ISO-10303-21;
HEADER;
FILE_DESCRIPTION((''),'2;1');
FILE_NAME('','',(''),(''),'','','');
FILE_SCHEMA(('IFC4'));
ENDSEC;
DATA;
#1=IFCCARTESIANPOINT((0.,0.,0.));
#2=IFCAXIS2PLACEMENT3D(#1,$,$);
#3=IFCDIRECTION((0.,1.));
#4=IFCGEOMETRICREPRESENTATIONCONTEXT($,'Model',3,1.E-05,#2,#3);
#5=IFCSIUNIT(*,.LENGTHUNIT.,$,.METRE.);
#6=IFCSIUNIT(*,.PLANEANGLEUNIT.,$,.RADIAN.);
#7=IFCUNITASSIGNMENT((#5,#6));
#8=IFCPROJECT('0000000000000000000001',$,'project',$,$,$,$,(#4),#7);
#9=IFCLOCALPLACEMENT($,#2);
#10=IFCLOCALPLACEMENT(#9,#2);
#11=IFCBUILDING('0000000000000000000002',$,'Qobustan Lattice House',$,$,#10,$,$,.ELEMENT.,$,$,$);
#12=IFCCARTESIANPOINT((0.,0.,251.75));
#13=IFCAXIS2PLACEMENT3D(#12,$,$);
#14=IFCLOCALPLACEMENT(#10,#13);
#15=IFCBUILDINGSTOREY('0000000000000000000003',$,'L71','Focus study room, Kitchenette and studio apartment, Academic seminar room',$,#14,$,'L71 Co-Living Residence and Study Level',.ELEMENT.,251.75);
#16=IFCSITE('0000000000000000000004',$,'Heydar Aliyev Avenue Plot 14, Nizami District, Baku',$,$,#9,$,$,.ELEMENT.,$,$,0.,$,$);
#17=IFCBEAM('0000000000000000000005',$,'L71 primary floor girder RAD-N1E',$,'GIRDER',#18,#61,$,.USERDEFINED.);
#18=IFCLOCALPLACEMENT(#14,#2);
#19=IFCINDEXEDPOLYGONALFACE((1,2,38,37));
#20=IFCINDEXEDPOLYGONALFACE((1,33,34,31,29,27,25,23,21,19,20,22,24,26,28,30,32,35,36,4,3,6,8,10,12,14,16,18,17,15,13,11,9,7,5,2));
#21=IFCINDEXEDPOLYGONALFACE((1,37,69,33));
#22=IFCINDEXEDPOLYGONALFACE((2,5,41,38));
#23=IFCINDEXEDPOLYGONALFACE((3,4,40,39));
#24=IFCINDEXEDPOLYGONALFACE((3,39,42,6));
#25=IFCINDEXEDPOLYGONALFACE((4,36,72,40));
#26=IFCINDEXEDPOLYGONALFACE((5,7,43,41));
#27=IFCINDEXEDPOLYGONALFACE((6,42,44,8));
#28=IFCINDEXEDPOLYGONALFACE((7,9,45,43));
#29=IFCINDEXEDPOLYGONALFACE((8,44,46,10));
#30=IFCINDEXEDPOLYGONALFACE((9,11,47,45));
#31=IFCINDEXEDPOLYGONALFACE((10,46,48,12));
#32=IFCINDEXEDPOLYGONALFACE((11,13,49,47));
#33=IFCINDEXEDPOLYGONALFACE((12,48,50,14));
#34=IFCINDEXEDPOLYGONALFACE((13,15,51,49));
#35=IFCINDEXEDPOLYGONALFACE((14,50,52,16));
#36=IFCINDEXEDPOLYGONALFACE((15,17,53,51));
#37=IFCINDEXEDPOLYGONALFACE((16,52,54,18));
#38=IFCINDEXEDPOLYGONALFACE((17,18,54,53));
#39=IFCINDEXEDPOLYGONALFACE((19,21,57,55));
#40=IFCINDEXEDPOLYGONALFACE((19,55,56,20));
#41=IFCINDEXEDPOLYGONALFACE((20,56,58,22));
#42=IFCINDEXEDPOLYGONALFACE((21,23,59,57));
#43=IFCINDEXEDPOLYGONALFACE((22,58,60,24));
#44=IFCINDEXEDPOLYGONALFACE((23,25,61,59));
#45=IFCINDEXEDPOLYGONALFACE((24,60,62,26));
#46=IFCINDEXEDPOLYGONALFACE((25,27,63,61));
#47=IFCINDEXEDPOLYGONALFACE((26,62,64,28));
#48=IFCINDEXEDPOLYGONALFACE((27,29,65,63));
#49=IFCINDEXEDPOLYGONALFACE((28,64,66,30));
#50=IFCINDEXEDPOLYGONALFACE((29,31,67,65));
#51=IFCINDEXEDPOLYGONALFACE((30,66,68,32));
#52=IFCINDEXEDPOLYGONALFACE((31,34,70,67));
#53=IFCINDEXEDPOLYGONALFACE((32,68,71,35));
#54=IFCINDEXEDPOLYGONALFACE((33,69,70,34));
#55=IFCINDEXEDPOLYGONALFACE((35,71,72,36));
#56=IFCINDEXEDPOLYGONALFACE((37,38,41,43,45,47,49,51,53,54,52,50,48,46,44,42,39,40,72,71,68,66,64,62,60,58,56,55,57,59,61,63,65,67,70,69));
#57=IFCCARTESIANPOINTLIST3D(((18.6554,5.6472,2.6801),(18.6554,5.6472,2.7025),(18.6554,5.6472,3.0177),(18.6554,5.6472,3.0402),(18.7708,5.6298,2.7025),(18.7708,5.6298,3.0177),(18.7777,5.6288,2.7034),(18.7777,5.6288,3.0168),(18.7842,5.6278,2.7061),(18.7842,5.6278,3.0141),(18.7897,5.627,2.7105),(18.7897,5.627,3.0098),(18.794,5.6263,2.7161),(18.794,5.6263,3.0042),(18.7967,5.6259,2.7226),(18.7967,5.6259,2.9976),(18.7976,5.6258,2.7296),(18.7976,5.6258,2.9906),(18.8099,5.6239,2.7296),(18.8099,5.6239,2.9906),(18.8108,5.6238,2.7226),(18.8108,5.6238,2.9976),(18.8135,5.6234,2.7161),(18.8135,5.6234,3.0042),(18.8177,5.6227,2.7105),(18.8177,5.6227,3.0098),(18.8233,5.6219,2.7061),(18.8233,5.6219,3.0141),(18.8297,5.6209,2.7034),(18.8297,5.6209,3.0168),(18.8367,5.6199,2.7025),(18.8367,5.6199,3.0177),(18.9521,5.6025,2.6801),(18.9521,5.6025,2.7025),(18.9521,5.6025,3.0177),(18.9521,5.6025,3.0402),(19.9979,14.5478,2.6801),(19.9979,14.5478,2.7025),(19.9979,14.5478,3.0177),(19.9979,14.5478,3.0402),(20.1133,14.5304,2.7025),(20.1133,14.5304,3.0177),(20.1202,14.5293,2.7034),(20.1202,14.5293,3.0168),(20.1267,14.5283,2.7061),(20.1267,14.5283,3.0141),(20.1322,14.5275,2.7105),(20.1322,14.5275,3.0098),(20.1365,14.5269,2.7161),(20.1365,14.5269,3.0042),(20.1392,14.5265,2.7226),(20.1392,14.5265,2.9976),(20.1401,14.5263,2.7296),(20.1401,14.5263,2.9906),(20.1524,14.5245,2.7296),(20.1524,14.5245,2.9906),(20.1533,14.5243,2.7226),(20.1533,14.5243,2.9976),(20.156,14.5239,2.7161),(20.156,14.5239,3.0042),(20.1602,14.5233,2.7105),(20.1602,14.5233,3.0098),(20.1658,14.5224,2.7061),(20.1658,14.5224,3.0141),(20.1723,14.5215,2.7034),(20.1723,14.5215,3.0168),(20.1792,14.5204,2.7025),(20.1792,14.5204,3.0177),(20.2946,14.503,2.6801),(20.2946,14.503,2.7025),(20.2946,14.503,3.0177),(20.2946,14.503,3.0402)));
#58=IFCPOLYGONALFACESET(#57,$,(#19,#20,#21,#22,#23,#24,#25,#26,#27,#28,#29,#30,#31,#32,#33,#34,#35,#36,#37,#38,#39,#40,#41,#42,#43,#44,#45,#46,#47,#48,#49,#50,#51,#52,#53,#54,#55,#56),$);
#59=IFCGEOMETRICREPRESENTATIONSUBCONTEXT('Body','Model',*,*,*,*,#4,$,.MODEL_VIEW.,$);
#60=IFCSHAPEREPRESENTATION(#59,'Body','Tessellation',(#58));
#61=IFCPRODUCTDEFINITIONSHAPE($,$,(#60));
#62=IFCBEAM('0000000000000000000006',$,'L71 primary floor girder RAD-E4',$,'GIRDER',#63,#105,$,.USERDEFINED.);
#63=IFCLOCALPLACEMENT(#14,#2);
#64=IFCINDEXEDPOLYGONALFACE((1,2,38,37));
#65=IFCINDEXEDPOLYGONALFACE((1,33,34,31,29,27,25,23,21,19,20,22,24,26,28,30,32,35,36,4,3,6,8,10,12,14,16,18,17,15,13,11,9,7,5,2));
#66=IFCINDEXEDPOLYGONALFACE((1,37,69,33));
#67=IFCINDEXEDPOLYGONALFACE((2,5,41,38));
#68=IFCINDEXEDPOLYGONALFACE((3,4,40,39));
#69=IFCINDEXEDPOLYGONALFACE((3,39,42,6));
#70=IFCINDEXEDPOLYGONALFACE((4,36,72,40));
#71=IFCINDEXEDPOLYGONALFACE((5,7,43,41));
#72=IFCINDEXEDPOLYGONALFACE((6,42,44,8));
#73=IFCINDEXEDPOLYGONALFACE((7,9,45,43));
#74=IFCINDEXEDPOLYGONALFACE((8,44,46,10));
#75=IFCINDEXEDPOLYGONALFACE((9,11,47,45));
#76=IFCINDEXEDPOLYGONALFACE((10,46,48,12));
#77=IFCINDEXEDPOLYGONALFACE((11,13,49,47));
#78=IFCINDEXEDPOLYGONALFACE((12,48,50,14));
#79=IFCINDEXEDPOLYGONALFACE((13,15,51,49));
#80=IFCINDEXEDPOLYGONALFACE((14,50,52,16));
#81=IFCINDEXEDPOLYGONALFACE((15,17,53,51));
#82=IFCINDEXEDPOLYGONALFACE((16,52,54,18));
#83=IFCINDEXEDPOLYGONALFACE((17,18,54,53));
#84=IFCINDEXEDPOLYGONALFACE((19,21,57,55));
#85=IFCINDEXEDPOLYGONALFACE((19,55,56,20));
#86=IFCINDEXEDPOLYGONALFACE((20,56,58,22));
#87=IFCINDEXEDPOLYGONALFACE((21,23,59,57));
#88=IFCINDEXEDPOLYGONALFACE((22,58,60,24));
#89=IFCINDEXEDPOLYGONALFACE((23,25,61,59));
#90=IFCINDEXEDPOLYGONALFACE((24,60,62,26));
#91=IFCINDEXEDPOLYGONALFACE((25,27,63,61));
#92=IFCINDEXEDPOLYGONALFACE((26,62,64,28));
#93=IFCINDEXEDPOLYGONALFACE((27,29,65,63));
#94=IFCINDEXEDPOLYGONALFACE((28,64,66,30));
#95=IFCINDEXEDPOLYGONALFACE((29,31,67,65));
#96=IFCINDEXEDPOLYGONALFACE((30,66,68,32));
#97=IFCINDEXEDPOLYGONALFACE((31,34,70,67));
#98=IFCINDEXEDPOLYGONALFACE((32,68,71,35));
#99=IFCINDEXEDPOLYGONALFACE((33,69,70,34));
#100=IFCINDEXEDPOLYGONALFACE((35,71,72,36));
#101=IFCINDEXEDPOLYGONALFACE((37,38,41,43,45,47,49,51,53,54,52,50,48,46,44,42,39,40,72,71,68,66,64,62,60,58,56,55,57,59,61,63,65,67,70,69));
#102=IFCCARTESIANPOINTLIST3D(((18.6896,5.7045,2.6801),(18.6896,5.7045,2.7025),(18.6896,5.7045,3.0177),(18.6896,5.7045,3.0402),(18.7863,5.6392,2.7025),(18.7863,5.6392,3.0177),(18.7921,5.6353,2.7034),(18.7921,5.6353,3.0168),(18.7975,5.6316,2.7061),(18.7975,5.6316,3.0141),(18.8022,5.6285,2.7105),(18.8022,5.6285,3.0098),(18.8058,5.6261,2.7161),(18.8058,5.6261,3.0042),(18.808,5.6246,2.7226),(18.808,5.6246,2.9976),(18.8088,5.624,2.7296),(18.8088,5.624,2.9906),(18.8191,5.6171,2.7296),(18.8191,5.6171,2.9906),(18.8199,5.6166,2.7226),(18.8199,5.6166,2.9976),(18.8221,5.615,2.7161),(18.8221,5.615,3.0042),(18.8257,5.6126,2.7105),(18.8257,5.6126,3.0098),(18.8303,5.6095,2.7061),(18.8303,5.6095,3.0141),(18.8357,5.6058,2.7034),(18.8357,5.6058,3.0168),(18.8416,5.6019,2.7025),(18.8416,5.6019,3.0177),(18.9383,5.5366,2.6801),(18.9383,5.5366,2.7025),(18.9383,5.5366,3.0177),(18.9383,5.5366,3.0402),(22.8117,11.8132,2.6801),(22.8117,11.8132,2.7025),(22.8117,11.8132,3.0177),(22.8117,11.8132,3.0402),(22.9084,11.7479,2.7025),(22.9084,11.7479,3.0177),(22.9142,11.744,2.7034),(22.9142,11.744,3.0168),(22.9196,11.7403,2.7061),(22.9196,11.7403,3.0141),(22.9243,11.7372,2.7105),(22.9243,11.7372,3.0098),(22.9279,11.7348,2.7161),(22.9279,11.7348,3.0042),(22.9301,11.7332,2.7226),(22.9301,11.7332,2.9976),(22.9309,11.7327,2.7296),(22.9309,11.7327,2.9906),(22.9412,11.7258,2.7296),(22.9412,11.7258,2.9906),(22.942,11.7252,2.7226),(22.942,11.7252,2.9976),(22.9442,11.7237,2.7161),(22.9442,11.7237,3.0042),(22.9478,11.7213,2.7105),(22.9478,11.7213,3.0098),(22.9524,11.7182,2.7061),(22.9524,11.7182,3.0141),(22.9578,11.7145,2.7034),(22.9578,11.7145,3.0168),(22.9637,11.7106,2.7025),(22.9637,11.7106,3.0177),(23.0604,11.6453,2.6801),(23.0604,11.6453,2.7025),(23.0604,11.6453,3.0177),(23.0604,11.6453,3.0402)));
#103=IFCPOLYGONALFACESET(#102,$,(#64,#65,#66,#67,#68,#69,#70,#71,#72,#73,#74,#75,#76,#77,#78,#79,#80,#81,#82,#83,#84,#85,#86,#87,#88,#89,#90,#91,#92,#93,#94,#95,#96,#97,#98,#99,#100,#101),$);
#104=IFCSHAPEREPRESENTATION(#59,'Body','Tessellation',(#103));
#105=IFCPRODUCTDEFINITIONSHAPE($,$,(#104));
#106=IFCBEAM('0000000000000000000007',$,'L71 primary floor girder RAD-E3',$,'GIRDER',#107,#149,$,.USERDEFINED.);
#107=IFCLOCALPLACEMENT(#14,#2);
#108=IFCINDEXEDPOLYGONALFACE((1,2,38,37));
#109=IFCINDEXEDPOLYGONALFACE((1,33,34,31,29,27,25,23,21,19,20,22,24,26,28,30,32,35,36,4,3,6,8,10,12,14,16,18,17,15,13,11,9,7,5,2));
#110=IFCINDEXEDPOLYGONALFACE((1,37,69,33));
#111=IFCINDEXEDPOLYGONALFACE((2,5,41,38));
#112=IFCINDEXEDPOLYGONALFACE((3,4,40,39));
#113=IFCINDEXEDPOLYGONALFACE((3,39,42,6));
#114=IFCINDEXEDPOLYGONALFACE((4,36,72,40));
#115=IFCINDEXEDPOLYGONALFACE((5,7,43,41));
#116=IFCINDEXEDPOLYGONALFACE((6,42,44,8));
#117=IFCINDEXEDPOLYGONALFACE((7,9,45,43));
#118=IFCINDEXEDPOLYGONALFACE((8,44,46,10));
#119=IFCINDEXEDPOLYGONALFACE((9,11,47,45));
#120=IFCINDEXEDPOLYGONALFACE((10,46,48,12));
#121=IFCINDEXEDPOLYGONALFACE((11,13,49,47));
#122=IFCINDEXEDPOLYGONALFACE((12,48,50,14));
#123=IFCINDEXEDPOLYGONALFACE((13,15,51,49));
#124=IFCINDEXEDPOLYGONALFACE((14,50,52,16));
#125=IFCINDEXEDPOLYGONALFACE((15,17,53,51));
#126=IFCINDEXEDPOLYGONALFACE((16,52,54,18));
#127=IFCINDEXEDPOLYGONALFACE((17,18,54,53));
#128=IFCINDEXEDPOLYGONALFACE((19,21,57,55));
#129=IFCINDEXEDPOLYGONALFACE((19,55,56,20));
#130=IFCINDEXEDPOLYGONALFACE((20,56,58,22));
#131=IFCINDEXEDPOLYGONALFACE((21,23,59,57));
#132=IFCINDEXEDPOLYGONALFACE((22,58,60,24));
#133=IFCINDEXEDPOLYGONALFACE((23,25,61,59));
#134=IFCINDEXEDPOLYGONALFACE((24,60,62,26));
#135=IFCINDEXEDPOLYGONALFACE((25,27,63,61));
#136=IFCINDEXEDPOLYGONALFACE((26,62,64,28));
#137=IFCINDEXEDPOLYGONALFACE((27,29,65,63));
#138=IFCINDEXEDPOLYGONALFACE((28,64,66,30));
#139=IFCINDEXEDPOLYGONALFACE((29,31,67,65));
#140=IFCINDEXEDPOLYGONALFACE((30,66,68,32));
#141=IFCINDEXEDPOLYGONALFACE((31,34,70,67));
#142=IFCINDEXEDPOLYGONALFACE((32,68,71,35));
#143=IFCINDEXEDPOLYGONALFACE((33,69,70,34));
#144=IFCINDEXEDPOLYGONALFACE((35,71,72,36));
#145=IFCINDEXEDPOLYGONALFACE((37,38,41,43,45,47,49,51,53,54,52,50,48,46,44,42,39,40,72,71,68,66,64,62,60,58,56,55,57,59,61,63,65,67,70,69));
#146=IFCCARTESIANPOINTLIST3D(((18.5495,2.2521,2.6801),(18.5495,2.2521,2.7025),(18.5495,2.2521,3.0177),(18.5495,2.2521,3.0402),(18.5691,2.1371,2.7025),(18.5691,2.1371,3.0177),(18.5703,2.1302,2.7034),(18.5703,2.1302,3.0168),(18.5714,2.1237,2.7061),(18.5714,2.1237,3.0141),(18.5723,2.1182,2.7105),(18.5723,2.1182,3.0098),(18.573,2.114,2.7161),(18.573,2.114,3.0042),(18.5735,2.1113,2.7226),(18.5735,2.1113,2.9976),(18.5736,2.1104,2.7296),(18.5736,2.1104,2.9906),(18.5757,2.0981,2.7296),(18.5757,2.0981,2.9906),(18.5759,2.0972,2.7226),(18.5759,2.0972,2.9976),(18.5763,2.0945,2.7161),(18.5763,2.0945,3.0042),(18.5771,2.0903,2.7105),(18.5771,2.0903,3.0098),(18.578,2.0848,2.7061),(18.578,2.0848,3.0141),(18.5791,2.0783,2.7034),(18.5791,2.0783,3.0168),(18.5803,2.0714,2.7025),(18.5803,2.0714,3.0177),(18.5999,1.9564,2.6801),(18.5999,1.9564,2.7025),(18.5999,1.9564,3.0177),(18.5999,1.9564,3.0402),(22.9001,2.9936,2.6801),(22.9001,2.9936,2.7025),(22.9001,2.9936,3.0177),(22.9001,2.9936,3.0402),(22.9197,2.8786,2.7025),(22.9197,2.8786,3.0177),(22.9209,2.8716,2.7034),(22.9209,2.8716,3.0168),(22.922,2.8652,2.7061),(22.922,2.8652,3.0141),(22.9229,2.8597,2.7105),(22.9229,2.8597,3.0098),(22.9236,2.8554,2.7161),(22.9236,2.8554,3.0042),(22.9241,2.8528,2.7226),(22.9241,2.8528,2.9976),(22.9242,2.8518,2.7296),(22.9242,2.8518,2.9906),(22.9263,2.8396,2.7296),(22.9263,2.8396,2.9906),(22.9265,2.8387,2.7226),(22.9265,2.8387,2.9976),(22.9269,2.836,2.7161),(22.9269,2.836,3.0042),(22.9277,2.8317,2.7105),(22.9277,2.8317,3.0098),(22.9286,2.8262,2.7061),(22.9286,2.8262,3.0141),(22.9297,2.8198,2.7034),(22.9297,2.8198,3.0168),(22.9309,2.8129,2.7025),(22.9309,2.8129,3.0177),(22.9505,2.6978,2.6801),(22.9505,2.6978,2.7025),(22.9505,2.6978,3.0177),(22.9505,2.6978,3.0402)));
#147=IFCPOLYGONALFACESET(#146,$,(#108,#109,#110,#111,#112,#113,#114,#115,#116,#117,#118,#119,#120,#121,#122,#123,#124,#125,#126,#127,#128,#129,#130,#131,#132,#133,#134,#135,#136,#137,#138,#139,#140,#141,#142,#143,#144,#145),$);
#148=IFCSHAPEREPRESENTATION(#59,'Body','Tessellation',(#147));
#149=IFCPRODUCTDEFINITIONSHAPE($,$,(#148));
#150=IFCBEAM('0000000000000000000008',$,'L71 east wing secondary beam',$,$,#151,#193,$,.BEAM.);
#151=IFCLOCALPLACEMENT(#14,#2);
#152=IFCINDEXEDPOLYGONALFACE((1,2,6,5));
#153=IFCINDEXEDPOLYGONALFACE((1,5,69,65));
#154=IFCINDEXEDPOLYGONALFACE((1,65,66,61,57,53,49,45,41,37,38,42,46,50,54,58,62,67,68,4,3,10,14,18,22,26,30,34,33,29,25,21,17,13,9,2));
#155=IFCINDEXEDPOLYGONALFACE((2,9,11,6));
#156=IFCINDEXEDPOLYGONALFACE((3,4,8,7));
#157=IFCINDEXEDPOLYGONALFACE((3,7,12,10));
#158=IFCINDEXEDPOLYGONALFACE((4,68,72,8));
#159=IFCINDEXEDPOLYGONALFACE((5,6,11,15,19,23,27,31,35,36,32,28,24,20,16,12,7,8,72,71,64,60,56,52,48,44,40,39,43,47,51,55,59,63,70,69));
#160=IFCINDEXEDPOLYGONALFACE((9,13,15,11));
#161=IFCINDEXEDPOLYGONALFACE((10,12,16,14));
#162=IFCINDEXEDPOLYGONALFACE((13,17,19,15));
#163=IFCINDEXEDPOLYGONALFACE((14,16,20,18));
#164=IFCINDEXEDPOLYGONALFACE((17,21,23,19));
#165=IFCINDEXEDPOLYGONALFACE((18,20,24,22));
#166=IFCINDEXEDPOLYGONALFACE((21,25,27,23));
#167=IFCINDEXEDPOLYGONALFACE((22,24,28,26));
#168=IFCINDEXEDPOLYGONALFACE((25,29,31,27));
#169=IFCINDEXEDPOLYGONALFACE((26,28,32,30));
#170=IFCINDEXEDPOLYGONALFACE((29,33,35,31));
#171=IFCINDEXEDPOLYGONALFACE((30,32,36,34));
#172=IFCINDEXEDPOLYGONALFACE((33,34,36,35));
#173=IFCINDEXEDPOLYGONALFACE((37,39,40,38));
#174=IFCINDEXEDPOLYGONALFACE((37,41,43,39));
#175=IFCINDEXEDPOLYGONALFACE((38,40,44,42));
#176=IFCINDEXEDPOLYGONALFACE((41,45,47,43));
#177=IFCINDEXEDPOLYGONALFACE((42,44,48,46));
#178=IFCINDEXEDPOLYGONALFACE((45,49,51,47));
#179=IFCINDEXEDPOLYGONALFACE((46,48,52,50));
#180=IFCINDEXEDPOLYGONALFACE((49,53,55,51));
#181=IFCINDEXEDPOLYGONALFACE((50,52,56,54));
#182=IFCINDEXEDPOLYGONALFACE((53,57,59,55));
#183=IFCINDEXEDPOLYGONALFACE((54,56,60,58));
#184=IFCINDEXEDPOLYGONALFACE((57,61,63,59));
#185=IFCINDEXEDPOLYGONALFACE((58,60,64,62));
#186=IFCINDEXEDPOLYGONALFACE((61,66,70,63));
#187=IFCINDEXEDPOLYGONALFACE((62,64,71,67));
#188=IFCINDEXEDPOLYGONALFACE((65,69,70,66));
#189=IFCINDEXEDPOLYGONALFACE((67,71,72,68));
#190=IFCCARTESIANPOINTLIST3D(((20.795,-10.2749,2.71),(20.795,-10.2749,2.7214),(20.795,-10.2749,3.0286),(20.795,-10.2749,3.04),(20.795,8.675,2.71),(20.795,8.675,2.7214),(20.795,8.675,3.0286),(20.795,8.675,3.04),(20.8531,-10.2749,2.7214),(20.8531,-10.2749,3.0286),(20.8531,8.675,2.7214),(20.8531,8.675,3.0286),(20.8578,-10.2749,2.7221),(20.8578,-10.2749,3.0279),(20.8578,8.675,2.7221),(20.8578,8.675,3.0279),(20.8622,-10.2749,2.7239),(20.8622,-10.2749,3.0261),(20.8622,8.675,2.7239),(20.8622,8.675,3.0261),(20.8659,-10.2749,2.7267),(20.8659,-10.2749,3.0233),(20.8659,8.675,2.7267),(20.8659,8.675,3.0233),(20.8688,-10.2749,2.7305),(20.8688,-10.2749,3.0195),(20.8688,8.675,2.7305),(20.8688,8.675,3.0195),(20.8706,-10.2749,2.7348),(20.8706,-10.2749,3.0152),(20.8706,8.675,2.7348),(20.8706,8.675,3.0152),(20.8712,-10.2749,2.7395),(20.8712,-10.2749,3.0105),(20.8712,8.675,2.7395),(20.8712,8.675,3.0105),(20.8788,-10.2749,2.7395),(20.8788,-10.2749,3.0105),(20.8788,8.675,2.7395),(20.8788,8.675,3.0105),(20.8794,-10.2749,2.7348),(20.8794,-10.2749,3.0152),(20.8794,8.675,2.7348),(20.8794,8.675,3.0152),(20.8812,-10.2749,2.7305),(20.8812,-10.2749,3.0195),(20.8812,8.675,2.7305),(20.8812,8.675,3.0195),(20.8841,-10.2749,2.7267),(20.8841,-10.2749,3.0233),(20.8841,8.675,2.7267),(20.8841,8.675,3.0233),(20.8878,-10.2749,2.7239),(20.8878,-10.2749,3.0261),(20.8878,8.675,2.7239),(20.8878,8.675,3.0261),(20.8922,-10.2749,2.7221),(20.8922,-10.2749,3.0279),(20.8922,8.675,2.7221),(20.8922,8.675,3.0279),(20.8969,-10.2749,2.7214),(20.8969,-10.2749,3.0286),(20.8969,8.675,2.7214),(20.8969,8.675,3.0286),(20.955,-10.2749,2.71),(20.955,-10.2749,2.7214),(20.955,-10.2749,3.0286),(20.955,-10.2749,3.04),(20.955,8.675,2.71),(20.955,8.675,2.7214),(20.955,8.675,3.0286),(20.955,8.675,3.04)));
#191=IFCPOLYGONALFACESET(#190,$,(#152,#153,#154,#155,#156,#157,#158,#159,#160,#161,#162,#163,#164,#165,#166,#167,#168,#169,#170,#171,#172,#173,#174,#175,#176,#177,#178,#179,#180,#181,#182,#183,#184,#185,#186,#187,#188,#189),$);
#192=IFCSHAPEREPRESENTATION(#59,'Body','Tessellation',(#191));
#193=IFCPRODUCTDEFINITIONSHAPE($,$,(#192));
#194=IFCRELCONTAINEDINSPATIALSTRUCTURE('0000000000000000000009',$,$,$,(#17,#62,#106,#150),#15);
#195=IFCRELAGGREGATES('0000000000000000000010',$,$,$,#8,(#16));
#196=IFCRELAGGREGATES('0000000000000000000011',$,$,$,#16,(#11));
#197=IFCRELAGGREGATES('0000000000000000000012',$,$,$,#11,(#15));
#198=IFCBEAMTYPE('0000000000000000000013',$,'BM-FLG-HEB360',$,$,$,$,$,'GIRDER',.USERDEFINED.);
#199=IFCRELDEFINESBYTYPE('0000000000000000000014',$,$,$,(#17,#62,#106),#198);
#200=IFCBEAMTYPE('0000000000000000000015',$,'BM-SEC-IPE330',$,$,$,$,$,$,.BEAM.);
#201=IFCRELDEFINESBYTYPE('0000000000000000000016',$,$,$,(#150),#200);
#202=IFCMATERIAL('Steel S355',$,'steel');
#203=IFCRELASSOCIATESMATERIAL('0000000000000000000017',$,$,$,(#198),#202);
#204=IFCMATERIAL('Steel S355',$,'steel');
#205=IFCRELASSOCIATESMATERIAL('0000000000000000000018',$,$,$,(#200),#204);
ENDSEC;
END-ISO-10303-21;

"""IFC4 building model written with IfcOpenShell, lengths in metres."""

from ifc_helpers import new_model, si_unit, direction, frame, origin, origin_2d, place, context, subcontext, project, spatial, i_section, extrude, material, material_profile, profile_set, type_object, element, save


model = new_model("IFC4")

# Units and contexts
model_context = context("Model", 3, precision=1e-05, world=origin(), true_north=direction((0.0, 1.0)))
body_context = subcontext(model_context, "Body", "Model", "MODEL_VIEW")
ifc_project = project(units=[si_unit("LENGTHUNIT", "METRE"), si_unit("PLANEANGLEUNIT", "RADIAN")], contexts=[model_context])

# Site, building, storey
site_placement = place(None, origin())
site = spatial("IfcSite", under=ifc_project, at=site_placement, Name="Heydar Aliyev Avenue Plot 14, Nizami District, Baku", CompositionType="ELEMENT", RefElevation=0.0)
building_placement = place(site_placement, origin())
building = spatial("IfcBuilding", under=site, at=building_placement, Name="Qobustan Lattice House", CompositionType="ELEMENT")
storey_placement = place(building_placement, frame((0.0, 0.0, 251.75)))
storey = spatial("IfcBuildingStorey", under=building, at=storey_placement, Name="L71", Description="Focus study room, Kitchenette and studio apartment, Academic seminar room", LongName="L71 Co-Living Residence and Study Level", CompositionType="ELEMENT", Elevation=251.75)

# Beams
ifc_material_1 = material(Name="Steel S355", Category="steel")
ifc_material_profile_1 = material_profile(ifc_material_1, i_section(OverallWidth=0.3, OverallDepth=0.3601, WebThickness=0.0125, FlangeThickness=0.0225, FilletRadius=0.0271, at=origin_2d()), Name="HEB360")
ifc_profile_set_1 = profile_set([ifc_material_profile_1], Name="Steel S355")
beam_type_1 = type_object("IfcBeamType", Name="BM-FLG-HEB360", ElementType="GIRDER", PredefinedType="USERDEFINED", material=ifc_profile_set_1)
beam_1_placement = place(storey_placement, frame((20.1462, 14.5254, 2.8601), z_axis=(-0.149148, -0.988815, 0.0), x_axis=(0.988815, -0.149148, 0.0)))
element("IfcBeam", 1, at=beam_1_placement, inside=storey, type_object=beam_type_1, Name="L71 primary floor girder RAD-N1E", ObjectType="GIRDER", PredefinedType="USERDEFINED", context=body_context, shape_type="SweptSolid", body=[
    extrude(i_section(OverallWidth=0.3, OverallDepth=0.3601, WebThickness=0.0125, FlangeThickness=0.0225, FilletRadius=0.0271, at=origin_2d()), origin(), (0.0, 0.0, 1.0), 9.0012),
])
beam_2_placement = place(storey_placement, frame((22.936, 11.7292, 2.8601), z_axis=(-0.559355, -0.828928, 0.0), x_axis=(0.828928, -0.559355, 0.0)))
element("IfcBeam", 2, at=beam_2_placement, inside=storey, type_object=beam_type_1, Name="L71 primary floor girder RAD-E4", ObjectType="GIRDER", PredefinedType="USERDEFINED", context=body_context, shape_type="SweptSolid", body=[
    extrude(i_section(OverallWidth=0.3, OverallDepth=0.3601, WebThickness=0.0125, FlangeThickness=0.0225, FilletRadius=0.0271, at=origin_2d()), origin(), (0.0, 0.0, 1.0), 7.3694),
])
beam_3_placement = place(storey_placement, frame((22.9253, 2.8457, 2.8601), z_axis=(-0.985786, -0.168004, 0.0), x_axis=(0.168004, -0.985786, 0.0)))
element("IfcBeam", 3, at=beam_3_placement, inside=storey, type_object=beam_type_1, Name="L71 primary floor girder RAD-E3", ObjectType="GIRDER", PredefinedType="USERDEFINED", context=body_context, shape_type="SweptSolid", body=[
    extrude(i_section(OverallWidth=0.3, OverallDepth=0.3601, WebThickness=0.0125, FlangeThickness=0.0225, FilletRadius=0.0271, at=origin_2d()), origin(), (0.0, 0.0, 1.0), 4.4133),
])
ifc_material_2 = material(Name="Steel S355", Category="steel")
ifc_material_profile_2 = material_profile(ifc_material_2, i_section(OverallWidth=0.1599, OverallDepth=0.3301, WebThickness=0.0076, FlangeThickness=0.0115, FilletRadius=0.0181, at=origin_2d()), Name="IPE330")
ifc_profile_set_2 = profile_set([ifc_material_profile_2], Name="Steel S355")
beam_type_2 = type_object("IfcBeamType", Name="BM-SEC-IPE330", PredefinedType="BEAM", material=ifc_profile_set_2)
beam_4_placement = place(storey_placement, frame((20.875, 8.675, 2.875), z_axis=(0.0, -1.0, 0.0), x_axis=(1.0, 0.0, 0.0)))
element("IfcBeam", 4, at=beam_4_placement, inside=storey, type_object=beam_type_2, Name="L71 east wing secondary beam", PredefinedType="BEAM", context=body_context, shape_type="SweptSolid", body=[
    extrude(i_section(OverallWidth=0.1599, OverallDepth=0.3301, WebThickness=0.0076, FlangeThickness=0.0115, FilletRadius=0.0181, at=origin_2d()), origin(), (0.0, 0.0, 1.0), 18.95),
])

save(model, "model.ifc")
